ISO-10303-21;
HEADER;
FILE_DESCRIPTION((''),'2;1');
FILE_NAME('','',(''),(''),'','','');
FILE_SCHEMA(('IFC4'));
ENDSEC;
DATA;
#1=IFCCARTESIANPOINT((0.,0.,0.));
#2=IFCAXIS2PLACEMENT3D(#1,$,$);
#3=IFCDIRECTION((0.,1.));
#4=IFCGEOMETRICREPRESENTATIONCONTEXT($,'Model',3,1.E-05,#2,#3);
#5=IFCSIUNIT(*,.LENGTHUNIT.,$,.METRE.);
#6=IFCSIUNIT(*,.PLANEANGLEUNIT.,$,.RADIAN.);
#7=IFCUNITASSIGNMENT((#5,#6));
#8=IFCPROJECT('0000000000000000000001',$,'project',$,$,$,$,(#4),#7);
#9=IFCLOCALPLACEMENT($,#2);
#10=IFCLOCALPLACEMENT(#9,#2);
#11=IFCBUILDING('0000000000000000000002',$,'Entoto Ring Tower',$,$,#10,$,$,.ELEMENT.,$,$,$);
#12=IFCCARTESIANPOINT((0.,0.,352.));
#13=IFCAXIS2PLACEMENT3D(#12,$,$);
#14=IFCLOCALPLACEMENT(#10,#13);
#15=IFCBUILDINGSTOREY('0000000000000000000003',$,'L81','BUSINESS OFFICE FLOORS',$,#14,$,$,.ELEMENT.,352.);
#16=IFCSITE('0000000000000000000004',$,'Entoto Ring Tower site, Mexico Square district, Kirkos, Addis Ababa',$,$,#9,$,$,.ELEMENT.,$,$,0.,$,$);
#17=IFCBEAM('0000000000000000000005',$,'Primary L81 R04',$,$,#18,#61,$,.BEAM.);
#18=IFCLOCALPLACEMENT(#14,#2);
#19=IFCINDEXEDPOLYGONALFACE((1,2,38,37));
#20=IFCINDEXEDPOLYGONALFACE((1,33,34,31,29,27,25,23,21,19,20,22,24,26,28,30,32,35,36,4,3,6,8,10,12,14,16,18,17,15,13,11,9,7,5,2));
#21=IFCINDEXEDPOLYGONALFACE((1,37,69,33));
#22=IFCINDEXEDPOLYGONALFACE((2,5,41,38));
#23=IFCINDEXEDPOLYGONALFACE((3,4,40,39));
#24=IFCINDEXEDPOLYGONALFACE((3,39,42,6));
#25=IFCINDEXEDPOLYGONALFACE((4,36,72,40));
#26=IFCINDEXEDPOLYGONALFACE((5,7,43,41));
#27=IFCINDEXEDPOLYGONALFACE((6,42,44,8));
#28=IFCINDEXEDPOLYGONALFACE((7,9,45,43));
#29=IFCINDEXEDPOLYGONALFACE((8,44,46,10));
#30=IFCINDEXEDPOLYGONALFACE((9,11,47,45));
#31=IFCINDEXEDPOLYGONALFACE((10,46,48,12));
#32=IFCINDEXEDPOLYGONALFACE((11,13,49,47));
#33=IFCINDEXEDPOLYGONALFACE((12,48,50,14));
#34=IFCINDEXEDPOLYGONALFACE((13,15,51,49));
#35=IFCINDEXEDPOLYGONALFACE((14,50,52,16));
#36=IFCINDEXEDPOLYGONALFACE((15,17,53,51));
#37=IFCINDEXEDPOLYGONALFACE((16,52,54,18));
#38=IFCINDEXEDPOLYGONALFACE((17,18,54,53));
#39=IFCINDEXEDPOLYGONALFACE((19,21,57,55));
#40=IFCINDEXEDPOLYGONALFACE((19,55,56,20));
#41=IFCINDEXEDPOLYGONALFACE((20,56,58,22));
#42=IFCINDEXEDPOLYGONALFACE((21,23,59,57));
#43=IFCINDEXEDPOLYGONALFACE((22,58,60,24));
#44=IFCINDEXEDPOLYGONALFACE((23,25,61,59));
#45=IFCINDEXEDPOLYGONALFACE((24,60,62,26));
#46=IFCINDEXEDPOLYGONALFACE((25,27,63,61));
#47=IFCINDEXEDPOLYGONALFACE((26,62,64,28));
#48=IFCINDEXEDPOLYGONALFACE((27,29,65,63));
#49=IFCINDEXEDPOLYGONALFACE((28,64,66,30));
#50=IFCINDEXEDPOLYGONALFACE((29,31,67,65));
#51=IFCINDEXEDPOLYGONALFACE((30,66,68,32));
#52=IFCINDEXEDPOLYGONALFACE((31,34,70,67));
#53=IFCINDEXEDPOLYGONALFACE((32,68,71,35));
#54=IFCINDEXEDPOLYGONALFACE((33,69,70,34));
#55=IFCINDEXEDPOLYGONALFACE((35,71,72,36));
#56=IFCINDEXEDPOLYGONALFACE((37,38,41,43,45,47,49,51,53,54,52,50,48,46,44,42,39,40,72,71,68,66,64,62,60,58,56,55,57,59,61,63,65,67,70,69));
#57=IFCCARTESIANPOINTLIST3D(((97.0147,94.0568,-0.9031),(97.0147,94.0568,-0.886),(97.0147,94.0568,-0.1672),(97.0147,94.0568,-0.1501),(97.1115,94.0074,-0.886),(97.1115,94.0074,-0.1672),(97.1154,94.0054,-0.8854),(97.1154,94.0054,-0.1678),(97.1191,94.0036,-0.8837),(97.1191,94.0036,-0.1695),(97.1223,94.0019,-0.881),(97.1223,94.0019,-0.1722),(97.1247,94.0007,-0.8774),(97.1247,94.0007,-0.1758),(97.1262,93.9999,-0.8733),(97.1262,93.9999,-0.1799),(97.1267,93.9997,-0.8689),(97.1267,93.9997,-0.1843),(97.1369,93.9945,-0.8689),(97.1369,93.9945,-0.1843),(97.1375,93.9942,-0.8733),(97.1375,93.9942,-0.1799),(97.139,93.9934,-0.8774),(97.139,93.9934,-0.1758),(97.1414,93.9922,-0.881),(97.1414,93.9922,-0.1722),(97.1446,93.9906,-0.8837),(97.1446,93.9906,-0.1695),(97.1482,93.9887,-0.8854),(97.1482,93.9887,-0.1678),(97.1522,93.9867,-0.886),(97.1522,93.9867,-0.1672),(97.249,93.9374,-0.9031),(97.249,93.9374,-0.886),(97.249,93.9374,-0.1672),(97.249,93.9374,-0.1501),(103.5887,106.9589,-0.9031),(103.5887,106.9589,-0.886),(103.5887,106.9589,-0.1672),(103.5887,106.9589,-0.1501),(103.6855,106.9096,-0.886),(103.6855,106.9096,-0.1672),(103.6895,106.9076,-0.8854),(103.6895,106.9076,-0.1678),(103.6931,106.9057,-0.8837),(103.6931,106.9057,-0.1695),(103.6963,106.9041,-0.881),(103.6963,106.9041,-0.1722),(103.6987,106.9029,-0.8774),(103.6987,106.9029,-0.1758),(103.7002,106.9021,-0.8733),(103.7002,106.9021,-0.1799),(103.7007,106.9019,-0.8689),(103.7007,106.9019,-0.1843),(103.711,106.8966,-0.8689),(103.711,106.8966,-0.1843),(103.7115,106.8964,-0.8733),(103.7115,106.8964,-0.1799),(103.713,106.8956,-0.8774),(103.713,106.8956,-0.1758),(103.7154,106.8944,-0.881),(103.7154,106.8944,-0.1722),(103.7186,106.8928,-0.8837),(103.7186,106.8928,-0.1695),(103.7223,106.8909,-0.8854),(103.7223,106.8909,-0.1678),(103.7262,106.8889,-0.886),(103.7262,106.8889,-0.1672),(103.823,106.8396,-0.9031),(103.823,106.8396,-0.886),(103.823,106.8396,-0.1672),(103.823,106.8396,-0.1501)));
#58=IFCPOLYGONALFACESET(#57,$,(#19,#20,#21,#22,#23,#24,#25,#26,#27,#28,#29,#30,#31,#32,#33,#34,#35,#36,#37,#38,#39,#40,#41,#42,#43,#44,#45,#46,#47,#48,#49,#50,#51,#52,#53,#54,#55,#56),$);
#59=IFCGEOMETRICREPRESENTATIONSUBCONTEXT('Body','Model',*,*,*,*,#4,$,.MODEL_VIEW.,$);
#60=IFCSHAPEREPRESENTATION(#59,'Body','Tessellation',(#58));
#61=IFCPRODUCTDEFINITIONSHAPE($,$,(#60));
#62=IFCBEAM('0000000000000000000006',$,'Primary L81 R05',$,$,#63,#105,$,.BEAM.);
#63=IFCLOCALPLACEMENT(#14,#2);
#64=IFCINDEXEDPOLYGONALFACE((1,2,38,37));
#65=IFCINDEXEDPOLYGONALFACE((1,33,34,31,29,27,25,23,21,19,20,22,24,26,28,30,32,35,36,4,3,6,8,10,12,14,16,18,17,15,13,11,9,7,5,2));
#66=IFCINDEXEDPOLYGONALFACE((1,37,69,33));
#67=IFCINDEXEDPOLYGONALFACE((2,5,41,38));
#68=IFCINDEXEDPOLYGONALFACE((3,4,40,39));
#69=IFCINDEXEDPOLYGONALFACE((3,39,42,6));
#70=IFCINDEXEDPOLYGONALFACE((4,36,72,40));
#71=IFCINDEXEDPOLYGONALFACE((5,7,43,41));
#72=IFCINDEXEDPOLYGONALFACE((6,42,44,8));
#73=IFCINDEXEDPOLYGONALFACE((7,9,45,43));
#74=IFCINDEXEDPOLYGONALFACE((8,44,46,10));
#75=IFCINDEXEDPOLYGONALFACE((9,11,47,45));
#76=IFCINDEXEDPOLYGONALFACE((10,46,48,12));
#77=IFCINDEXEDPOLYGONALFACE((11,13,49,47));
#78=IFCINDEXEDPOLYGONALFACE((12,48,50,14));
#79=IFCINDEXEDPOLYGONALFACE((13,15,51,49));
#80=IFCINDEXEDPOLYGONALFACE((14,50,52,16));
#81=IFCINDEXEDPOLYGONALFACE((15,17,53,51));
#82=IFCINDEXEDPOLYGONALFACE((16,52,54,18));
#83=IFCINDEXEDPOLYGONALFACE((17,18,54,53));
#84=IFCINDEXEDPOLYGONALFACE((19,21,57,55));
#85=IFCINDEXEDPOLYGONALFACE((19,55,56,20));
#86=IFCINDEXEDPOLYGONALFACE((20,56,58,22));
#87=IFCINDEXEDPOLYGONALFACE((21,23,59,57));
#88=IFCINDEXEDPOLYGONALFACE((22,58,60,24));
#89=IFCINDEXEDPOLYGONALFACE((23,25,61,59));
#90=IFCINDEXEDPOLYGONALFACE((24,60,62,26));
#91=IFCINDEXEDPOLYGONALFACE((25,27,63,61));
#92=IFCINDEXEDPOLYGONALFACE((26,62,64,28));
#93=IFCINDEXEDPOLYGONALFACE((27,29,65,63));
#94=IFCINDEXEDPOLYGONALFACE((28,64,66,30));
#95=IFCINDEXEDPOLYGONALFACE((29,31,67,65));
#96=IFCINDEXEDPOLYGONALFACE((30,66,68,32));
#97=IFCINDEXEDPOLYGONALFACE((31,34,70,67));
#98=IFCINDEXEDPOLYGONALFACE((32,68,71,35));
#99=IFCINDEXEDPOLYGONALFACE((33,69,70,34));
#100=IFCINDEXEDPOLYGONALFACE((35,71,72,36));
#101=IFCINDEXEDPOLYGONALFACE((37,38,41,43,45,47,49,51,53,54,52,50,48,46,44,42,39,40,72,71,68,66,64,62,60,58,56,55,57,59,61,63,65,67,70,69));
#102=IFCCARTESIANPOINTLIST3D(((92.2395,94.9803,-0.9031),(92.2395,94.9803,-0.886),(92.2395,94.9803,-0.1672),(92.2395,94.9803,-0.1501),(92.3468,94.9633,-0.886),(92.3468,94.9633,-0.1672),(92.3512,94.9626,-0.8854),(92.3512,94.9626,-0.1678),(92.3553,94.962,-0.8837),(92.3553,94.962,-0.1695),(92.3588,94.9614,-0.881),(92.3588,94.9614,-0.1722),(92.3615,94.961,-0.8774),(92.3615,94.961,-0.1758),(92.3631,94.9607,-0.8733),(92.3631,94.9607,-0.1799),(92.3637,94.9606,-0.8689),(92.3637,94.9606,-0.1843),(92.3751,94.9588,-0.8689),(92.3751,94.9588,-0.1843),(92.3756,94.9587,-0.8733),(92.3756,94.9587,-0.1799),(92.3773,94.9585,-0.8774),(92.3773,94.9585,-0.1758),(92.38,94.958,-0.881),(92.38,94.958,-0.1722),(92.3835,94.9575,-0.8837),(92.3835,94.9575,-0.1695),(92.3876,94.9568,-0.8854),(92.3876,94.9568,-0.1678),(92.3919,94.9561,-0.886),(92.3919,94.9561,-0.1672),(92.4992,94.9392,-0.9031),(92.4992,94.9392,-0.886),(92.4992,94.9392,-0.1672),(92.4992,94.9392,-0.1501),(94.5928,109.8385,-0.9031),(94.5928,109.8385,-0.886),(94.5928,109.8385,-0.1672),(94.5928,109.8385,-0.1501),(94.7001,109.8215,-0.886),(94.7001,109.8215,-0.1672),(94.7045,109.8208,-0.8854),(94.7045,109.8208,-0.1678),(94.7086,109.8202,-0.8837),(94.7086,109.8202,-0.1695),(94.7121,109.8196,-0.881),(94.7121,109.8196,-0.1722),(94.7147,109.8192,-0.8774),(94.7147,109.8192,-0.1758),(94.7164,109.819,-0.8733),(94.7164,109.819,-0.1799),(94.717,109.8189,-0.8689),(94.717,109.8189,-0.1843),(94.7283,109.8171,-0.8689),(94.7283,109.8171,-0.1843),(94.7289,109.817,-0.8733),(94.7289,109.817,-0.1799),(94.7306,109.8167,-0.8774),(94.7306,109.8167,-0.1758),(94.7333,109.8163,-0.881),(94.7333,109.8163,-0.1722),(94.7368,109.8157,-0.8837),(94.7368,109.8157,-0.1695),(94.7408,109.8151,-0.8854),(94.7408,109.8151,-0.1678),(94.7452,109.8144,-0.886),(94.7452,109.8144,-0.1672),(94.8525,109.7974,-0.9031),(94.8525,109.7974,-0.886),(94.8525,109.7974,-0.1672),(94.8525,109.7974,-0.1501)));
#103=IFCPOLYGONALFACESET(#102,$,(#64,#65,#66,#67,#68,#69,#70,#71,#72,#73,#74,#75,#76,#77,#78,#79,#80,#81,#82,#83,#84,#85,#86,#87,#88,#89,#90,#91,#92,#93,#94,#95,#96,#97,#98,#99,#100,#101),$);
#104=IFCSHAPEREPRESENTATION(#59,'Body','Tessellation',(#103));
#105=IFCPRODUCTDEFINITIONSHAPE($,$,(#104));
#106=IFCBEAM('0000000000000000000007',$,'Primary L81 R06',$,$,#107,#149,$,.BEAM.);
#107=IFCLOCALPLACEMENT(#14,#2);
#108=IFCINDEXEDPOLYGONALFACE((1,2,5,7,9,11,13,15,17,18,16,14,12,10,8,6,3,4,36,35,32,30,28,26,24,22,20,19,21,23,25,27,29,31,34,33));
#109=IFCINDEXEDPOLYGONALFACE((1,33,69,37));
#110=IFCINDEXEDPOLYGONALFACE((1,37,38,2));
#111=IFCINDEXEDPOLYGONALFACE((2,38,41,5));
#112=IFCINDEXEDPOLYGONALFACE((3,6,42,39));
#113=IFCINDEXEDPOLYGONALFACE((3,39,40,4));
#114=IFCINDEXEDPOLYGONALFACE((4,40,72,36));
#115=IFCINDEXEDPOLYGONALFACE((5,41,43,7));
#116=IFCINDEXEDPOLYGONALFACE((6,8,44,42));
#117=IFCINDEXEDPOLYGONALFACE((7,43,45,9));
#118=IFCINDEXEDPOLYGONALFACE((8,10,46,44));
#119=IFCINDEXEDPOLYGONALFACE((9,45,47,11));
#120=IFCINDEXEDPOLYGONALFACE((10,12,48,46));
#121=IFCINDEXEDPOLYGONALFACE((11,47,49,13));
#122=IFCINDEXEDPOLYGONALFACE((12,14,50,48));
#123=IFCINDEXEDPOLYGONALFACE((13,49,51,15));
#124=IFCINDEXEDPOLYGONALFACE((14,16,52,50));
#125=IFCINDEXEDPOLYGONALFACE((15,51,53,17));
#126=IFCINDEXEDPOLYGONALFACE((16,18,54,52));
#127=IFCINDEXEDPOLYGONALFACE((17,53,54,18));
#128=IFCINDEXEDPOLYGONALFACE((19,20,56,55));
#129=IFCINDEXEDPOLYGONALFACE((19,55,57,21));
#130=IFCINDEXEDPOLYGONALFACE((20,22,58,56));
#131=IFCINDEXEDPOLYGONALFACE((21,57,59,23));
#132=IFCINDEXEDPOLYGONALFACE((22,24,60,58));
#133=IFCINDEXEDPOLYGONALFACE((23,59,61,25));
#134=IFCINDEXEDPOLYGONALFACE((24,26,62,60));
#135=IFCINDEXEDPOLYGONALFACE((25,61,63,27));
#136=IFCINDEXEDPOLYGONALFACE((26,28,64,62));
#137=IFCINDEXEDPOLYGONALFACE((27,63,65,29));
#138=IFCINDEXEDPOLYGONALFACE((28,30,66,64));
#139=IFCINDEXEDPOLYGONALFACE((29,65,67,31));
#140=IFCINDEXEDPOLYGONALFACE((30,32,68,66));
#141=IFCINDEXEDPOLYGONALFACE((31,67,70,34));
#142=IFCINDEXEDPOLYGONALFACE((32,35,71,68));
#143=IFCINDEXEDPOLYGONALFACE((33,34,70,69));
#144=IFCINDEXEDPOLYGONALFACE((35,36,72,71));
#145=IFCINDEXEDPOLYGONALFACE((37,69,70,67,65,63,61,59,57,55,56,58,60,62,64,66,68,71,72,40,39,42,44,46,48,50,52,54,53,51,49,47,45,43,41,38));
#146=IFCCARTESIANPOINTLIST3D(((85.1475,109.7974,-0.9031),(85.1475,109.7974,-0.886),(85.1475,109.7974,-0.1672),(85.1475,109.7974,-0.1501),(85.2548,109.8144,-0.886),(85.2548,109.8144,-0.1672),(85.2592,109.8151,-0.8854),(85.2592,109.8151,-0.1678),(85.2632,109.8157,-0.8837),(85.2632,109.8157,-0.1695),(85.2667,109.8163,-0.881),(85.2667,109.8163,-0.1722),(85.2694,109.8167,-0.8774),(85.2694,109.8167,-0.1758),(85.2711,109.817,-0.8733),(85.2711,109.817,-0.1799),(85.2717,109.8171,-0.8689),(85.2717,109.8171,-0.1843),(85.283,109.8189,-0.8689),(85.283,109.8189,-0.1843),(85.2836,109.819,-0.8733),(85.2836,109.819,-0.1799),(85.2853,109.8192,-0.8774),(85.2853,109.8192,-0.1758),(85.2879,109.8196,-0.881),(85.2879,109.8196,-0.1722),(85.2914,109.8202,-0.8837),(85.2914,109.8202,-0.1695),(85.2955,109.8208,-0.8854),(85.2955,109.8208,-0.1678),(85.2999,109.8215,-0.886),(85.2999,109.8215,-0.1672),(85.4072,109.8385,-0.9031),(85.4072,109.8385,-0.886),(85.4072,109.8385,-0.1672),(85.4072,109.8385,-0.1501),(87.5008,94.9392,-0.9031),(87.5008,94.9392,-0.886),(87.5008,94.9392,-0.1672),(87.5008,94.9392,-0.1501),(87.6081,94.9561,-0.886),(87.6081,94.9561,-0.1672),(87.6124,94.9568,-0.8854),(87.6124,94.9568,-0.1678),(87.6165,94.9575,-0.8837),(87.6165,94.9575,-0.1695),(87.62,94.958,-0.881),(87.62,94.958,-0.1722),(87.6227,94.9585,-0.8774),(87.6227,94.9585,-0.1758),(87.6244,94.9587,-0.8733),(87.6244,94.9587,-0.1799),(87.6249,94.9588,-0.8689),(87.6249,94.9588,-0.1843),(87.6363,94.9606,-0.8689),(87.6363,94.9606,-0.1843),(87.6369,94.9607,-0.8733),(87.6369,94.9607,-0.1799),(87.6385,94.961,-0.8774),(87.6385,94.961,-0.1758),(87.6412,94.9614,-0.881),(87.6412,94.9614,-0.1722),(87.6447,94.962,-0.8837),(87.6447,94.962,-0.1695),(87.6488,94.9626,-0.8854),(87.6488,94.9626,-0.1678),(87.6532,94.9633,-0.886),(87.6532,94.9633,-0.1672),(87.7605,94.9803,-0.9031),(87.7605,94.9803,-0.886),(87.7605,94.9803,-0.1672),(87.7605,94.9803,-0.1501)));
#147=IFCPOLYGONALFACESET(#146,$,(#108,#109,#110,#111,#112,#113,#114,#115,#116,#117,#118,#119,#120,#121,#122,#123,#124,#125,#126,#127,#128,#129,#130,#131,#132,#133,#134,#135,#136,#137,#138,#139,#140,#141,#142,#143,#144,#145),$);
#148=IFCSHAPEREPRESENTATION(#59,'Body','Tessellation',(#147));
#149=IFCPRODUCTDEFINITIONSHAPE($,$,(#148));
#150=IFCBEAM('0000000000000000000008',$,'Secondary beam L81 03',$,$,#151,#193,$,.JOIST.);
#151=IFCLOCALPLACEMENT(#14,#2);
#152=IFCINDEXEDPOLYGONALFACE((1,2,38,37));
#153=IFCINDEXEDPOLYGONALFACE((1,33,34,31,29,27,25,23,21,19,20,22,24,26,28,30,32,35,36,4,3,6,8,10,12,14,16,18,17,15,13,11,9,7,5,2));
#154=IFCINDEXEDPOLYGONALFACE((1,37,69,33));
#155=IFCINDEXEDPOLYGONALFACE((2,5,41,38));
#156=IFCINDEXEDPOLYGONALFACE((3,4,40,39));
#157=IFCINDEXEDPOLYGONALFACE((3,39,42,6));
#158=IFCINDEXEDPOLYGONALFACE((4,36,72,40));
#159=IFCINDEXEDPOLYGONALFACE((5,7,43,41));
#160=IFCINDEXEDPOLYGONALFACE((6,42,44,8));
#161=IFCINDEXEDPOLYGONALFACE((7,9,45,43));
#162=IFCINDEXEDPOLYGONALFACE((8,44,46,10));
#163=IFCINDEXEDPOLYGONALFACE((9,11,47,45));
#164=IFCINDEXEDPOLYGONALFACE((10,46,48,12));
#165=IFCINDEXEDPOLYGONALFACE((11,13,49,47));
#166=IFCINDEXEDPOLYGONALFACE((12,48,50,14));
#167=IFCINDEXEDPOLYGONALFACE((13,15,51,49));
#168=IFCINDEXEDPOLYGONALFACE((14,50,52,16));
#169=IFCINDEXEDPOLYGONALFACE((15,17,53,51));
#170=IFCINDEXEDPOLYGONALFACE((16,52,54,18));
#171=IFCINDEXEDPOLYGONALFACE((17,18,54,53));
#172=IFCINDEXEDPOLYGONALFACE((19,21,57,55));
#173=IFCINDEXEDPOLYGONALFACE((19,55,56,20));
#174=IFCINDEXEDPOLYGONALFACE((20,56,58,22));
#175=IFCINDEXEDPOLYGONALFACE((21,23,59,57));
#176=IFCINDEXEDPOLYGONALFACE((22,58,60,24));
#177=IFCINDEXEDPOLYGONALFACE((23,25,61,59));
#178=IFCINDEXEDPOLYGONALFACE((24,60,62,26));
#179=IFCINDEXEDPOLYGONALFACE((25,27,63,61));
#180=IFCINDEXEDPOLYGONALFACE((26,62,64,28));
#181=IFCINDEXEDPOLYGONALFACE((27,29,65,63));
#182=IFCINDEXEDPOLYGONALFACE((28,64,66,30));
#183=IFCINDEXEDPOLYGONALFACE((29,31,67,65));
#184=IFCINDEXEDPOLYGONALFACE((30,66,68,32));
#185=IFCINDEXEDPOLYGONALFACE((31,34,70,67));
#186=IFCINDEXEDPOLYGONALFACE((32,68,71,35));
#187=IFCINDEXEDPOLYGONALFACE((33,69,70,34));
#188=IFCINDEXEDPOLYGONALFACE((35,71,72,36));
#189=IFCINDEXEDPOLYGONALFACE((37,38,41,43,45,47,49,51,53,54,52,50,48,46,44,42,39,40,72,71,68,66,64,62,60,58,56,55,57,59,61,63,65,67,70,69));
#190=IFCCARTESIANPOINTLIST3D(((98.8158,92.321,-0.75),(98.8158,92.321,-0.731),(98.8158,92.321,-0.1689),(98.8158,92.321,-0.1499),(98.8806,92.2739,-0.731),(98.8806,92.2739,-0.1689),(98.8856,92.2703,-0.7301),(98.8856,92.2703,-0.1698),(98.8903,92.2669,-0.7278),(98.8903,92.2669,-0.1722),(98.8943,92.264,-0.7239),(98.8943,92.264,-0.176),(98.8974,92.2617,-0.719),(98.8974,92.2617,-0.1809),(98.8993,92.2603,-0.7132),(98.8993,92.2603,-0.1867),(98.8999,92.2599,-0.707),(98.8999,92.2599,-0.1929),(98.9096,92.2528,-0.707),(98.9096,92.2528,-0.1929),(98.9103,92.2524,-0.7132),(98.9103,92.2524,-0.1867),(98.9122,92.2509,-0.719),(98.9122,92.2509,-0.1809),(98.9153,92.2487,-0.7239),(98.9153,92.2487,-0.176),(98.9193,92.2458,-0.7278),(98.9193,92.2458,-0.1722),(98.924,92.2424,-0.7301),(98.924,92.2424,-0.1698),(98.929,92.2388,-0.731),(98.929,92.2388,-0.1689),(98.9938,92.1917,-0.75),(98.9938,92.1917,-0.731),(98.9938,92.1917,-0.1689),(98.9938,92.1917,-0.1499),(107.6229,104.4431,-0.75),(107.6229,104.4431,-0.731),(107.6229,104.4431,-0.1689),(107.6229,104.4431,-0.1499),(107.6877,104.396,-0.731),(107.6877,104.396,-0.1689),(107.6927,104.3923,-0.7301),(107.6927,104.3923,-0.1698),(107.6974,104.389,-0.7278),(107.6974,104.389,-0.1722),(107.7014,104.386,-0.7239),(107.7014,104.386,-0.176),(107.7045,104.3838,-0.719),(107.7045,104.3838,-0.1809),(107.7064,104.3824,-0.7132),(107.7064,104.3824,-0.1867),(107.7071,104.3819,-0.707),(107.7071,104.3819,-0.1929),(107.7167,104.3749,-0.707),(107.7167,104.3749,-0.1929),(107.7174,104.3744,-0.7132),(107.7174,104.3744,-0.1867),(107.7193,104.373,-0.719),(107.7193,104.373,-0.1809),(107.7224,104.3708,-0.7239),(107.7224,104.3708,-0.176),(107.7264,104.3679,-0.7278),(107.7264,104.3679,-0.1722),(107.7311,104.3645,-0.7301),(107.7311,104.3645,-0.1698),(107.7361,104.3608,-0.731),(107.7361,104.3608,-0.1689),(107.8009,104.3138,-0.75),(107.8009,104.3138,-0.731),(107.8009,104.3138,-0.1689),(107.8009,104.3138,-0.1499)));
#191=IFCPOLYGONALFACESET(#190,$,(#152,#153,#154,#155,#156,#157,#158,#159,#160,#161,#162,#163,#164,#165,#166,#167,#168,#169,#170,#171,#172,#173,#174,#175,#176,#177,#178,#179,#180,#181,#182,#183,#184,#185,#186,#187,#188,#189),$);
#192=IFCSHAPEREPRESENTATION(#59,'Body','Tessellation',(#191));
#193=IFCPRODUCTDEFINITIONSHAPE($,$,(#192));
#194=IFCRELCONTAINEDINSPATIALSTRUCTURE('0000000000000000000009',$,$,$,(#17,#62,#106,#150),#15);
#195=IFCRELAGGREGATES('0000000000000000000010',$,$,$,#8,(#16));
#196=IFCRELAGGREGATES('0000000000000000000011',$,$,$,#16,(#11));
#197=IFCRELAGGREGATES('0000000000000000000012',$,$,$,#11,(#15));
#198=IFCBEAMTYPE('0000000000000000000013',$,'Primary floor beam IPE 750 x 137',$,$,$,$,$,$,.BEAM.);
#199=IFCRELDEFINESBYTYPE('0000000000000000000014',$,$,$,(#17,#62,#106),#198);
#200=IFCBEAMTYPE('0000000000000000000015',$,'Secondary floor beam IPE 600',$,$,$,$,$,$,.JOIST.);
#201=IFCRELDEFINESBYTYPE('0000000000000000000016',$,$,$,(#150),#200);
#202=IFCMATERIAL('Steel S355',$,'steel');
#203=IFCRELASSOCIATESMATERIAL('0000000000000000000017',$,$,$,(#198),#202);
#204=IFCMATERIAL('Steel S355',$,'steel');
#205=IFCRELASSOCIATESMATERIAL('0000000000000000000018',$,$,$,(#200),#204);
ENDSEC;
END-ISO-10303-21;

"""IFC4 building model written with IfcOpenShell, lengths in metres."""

from ifc_helpers import new_model, si_unit, direction, frame, origin, origin_2d, place, context, subcontext, project, spatial, i_section, extrude, material, material_profile, profile_set, type_object, element, save


model = new_model("IFC4")

# Units and contexts
model_context = context("Model", 3, precision=1e-05, world=origin(), true_north=direction((0.0, 1.0)))
body_context = subcontext(model_context, "Body", "Model", "MODEL_VIEW")
ifc_project = project(units=[si_unit("LENGTHUNIT", "METRE"), si_unit("PLANEANGLEUNIT", "RADIAN")], contexts=[model_context])

# Site, building, storey
site_placement = place(None, origin())
site = spatial("IfcSite", under=ifc_project, at=site_placement, Name="Entoto Ring Tower site, Mexico Square district, Kirkos, Addis Ababa", CompositionType="ELEMENT", RefElevation=0.0)
building_placement = place(site_placement, origin())
building = spatial("IfcBuilding", under=site, at=building_placement, Name="Entoto Ring Tower", CompositionType="ELEMENT")
storey_placement = place(building_placement, frame((0.0, 0.0, 352.0)))
storey = spatial("IfcBuildingStorey", under=building, at=storey_placement, Name="L81", Description="BUSINESS OFFICE FLOORS", CompositionType="ELEMENT", Elevation=352.0)

# Beams
ifc_material_1 = material(Name="Steel S355", Category="steel")
ifc_material_profile_1 = material_profile(ifc_material_1, i_section(OverallWidth=0.2629, OverallDepth=0.7529, WebThickness=0.0115, FlangeThickness=0.0171, FilletRadius=0.0171, at=origin_2d()), Name="IPE 750 x 137")
ifc_profile_set_1 = profile_set([ifc_material_profile_1], Name="Steel S355")
beam_type_1 = type_object("IfcBeamType", Name="Primary floor beam IPE 750 x 137", PredefinedType="BEAM", material=ifc_profile_set_1)
beam_1_placement = place(storey_placement, frame((97.1318, 93.9971, -0.5266), z_axis=(0.453992, 0.891006, 0.0), x_axis=(-0.891006, 0.453992, 0.0)))
element("IfcBeam", 1, at=beam_1_placement, inside=storey, type_object=beam_type_1, Name="Primary L81 R04", PredefinedType="BEAM", context=body_context, shape_type="SweptSolid", body=[
    extrude(i_section(OverallWidth=0.2629, OverallDepth=0.7529, WebThickness=0.0115, FlangeThickness=0.0171, FilletRadius=0.0171, at=origin_2d()), origin(), (0.0, 0.0, 1.0), 14.4805),
])
for number, where, z_axis, x_axis, name in (
    (2, (92.3694, 94.9597, -0.5266), (0.156433, 0.987689, 0.0), (-0.987689, 0.156433, 0.0), "Primary L81 R05"),
    (3, (87.6306, 94.9597, -0.5266), (-0.156433, 0.987689, 0.0), (-0.987689, -0.156433, 0.0), "Primary L81 R06"),
):
    element("IfcBeam", number, at=place(storey_placement, frame(where, z_axis=z_axis, x_axis=x_axis)), inside=storey, type_object=beam_type_1, Name=name, PredefinedType="BEAM", context=body_context, shape_type="SweptSolid", body=[
        extrude(i_section(OverallWidth=0.2629, OverallDepth=0.7529, WebThickness=0.0115, FlangeThickness=0.0171, FilletRadius=0.0171, at=origin_2d()), origin(), (0.0, 0.0, 1.0), 15.0435),
    ])
ifc_material_2 = material(Name="Steel S355", Category="steel")
ifc_material_profile_2 = material_profile(ifc_material_2, i_section(OverallWidth=0.22, OverallDepth=0.6001, WebThickness=0.012, FlangeThickness=0.019, FilletRadius=0.0239, at=origin_2d()), Name="IPE 600")
ifc_profile_set_2 = profile_set([ifc_material_profile_2], Name="Steel S355")
beam_type_2 = type_object("IfcBeamType", Name="Secondary floor beam IPE 600", PredefinedType="JOIST", material=ifc_profile_set_2)
beam_2_placement = place(storey_placement, frame((98.9048, 92.2563, -0.45), z_axis=(0.587782, 0.809019, 0.0), x_axis=(-0.809019, 0.587782, 0.0)))
element("IfcBeam", 4, at=beam_2_placement, inside=storey, type_object=beam_type_2, Name="Secondary beam L81 03", PredefinedType="JOIST", context=body_context, shape_type="SweptSolid", body=[
    extrude(i_section(OverallWidth=0.22, OverallDepth=0.6001, WebThickness=0.012, FlangeThickness=0.019, FilletRadius=0.0239, at=origin_2d()), origin(), (0.0, 0.0, 1.0), 14.9836),
])

save(model, "model.ifc")
